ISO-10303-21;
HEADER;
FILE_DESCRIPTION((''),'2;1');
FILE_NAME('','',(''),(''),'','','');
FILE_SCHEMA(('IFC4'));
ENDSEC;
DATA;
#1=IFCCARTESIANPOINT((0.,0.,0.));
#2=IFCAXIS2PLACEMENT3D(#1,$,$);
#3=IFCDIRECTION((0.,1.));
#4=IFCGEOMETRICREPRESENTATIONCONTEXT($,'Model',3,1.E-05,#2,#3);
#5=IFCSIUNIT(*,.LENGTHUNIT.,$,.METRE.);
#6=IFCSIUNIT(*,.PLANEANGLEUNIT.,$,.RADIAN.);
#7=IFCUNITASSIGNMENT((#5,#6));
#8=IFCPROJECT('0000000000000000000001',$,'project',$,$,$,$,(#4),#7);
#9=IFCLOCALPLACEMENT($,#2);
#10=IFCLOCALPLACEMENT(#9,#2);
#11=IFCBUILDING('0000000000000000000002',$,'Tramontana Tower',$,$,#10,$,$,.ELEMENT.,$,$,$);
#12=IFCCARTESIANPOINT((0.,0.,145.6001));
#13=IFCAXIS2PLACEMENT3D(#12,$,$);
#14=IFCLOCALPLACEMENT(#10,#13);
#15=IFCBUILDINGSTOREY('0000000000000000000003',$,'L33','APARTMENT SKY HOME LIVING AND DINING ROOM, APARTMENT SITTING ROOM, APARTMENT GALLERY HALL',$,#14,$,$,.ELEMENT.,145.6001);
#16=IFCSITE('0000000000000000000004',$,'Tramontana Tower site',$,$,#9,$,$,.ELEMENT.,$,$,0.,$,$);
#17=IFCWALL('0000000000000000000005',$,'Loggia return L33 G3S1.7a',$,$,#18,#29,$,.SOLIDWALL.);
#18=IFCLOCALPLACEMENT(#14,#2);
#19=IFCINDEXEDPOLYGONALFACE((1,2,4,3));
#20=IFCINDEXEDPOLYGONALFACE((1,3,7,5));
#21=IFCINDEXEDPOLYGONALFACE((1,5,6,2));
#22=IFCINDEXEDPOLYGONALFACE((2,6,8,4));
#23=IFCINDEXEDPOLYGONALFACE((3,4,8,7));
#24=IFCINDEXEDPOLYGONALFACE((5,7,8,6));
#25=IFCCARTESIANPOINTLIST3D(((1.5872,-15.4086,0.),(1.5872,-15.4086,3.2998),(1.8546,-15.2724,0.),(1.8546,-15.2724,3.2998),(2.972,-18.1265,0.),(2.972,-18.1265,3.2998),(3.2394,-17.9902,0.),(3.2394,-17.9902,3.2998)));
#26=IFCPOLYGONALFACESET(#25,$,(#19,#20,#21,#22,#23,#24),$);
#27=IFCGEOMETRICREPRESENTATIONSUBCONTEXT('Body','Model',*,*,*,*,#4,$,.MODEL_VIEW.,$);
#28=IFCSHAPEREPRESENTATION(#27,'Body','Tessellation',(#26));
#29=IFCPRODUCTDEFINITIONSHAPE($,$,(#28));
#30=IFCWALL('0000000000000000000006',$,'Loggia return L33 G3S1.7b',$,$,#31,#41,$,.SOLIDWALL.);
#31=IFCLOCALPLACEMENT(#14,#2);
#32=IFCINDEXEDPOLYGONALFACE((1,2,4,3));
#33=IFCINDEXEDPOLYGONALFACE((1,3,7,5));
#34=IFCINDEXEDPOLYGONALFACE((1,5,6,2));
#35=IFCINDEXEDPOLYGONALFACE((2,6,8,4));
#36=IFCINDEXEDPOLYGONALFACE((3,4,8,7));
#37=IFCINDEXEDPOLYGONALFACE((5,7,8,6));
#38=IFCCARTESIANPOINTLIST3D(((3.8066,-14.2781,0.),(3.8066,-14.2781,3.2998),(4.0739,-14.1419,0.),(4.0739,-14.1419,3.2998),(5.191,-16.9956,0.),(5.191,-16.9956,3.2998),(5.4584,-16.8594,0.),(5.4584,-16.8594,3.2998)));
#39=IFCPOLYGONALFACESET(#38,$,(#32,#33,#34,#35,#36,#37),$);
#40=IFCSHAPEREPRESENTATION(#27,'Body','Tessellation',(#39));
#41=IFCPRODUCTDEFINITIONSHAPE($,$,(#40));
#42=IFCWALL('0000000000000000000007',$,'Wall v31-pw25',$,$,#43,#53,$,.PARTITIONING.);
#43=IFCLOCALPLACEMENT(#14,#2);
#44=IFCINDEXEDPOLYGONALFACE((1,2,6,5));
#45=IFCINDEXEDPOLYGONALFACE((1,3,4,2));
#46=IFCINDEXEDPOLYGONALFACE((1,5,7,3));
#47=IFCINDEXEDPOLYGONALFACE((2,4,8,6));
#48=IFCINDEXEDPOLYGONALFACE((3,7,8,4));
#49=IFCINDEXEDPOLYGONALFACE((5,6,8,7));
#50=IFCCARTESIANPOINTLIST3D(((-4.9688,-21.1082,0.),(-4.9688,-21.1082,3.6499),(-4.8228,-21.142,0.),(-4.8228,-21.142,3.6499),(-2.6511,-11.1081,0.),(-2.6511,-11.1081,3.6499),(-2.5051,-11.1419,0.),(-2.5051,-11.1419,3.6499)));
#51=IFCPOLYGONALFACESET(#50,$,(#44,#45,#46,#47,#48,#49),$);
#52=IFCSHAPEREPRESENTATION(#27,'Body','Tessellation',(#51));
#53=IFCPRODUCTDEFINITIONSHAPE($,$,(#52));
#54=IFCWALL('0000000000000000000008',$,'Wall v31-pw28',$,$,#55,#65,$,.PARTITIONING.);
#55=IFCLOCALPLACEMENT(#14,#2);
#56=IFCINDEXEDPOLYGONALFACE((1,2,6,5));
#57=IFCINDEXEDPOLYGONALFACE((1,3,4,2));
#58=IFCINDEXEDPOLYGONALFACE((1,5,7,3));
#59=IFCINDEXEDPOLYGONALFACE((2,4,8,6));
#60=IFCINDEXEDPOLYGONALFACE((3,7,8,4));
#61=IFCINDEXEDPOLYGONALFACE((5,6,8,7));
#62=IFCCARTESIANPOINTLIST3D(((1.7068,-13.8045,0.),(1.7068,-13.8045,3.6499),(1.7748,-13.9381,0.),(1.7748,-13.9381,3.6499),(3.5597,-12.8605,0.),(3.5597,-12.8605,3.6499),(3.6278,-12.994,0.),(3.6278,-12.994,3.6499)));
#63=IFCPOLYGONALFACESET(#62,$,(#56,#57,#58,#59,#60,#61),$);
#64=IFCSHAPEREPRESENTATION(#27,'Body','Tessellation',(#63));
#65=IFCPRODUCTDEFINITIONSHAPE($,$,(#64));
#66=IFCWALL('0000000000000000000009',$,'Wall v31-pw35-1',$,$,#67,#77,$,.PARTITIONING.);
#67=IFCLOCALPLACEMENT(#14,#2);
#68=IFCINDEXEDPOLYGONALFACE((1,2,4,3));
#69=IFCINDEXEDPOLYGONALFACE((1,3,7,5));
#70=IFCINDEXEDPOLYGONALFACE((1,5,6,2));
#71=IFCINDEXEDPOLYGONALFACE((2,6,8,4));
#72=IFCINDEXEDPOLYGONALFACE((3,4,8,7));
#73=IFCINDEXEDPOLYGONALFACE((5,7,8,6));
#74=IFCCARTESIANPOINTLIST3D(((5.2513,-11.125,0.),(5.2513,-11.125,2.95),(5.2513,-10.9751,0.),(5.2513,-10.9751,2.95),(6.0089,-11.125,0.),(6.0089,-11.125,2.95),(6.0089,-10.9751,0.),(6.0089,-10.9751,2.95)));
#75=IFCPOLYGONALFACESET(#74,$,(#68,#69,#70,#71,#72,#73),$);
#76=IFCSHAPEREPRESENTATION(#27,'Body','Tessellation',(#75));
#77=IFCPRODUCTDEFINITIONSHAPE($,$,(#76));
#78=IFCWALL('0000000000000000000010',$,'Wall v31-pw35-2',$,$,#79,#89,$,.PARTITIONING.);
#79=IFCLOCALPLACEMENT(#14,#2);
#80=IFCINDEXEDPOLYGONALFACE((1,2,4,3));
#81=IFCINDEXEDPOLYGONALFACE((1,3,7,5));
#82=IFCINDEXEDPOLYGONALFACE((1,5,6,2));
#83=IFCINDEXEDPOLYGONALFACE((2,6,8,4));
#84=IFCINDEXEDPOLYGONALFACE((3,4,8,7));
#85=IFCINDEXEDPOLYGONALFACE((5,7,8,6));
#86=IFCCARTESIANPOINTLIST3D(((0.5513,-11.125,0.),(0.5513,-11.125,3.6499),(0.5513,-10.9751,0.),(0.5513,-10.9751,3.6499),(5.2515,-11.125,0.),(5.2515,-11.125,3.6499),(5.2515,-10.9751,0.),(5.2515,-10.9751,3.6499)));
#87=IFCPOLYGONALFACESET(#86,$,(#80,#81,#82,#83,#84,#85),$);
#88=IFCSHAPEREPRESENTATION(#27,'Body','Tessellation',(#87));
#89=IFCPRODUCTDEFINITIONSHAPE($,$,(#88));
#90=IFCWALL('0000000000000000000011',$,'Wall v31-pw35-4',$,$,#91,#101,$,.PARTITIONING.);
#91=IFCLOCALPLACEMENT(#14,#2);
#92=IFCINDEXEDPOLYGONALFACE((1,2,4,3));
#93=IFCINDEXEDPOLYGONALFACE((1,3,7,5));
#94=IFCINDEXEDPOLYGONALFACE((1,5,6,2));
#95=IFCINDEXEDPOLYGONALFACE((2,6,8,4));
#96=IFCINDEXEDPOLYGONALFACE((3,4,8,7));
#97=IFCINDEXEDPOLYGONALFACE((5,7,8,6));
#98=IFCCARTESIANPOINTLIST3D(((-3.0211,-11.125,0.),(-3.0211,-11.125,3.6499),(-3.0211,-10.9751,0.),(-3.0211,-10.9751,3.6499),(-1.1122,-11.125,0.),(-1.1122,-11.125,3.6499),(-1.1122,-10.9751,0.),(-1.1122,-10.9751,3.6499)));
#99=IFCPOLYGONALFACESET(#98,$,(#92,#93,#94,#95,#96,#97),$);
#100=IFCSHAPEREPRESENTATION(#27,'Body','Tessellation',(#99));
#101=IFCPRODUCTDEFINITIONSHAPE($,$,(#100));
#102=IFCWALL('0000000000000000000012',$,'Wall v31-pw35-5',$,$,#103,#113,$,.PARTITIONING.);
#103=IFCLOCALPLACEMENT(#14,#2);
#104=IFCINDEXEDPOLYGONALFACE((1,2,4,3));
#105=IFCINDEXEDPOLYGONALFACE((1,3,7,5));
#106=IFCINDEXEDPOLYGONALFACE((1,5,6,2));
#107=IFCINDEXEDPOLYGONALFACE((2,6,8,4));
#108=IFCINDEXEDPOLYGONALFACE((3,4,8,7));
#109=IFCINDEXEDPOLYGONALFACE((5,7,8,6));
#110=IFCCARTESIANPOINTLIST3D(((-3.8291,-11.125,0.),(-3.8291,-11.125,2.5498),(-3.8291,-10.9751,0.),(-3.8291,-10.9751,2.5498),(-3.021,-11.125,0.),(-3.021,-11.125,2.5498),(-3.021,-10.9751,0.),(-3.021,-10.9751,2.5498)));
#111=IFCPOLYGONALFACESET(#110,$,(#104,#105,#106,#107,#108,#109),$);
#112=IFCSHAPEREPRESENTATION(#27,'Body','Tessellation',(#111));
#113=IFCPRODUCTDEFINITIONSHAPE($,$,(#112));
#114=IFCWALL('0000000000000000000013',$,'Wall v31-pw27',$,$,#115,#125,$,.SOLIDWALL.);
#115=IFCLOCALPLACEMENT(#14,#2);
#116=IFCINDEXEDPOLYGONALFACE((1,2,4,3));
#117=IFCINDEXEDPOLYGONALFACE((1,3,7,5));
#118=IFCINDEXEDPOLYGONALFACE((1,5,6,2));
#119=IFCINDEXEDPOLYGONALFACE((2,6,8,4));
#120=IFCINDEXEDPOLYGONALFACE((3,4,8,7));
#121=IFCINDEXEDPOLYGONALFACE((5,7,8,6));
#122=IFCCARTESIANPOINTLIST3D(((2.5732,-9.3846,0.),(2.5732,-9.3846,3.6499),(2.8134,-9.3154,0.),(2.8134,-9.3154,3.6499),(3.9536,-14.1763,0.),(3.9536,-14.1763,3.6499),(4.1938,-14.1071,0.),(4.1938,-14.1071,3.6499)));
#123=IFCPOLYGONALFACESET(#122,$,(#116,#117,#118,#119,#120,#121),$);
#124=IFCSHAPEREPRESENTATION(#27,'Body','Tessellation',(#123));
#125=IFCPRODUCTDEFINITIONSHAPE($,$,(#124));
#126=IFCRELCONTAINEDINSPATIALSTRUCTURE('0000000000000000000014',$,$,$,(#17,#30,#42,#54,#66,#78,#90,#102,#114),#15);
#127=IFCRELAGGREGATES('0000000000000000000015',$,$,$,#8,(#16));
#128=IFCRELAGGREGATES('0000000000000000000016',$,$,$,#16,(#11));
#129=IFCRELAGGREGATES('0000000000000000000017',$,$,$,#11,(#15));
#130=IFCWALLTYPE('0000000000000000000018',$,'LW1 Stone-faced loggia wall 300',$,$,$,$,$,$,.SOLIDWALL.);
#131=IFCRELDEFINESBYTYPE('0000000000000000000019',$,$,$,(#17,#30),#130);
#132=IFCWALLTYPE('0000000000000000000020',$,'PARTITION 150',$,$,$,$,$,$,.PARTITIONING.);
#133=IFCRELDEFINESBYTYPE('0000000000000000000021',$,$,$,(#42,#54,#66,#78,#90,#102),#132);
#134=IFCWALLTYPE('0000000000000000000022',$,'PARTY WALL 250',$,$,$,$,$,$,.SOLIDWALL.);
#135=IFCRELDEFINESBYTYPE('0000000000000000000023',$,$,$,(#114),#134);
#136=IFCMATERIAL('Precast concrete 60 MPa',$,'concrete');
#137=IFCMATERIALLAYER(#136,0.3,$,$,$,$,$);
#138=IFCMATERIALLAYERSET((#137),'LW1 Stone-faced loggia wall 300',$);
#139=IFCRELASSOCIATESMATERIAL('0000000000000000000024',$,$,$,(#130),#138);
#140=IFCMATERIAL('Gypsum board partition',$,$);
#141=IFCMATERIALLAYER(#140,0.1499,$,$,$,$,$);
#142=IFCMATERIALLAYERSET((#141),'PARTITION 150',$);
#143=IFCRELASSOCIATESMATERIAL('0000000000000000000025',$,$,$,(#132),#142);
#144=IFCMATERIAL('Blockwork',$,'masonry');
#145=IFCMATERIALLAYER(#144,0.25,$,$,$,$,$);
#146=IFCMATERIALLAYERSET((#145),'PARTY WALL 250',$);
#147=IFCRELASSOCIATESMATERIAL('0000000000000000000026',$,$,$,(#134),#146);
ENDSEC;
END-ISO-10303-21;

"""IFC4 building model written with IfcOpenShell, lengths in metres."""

from ifc_helpers import new_model, si_unit, direction, frame, frame_2d, origin, place, context, subcontext, project, spatial, rectangle, extrude, material, layer, layer_set, type_object, element, save


model = new_model("IFC4")

# Units and contexts
model_context = context("Model", 3, precision=1e-05, world=origin(), true_north=direction((0.0, 1.0)))
body_context = subcontext(model_context, "Body", "Model", "MODEL_VIEW")
ifc_project = project(units=[si_unit("LENGTHUNIT", "METRE"), si_unit("PLANEANGLEUNIT", "RADIAN")], contexts=[model_context])

# Site, building, storey
site_placement = place(None, origin())
site = spatial("IfcSite", under=ifc_project, at=site_placement, Name="Tramontana Tower site", CompositionType="ELEMENT", RefElevation=0.0)
building_placement = place(site_placement, origin())
building = spatial("IfcBuilding", under=site, at=building_placement, Name="Tramontana Tower", CompositionType="ELEMENT")
storey_placement = place(building_placement, frame((0.0, 0.0, 145.6001)))
storey = spatial("IfcBuildingStorey", under=building, at=storey_placement, Name="L33", Description="APARTMENT SKY HOME LIVING AND DINING ROOM, APARTMENT SITTING ROOM, APARTMENT GALLERY HALL", CompositionType="ELEMENT", Elevation=145.6001)

# Shared definitions
ifc_material_1 = material(Name="Precast concrete 60 MPa", Category="concrete")
ifc_layer_1 = layer(ifc_material_1, 0.3)
ifc_layer_set_1 = layer_set([ifc_layer_1], Name="LW1 Stone-faced loggia wall 300")
wall_type_1 = type_object("IfcWallType", Name="LW1 Stone-faced loggia wall 300", PredefinedType="SOLIDWALL", material=ifc_layer_set_1)

# Walls
wall_1_placement = place(storey_placement, frame((3.1057, -18.0583, 0.0), z_axis=(0.0, 0.0, 1.0), x_axis=(-0.453988, 0.891008, 0.0)))
element("IfcWall", 1, at=wall_1_placement, inside=storey, type_object=wall_type_1, Name="Loggia return L33 G3S1.7a", PredefinedType="SOLIDWALL", context=body_context, shape_type="SweptSolid", body=[
    extrude(rectangle(XDim=3.0503, YDim=0.3, at=frame_2d((1.5251, 0.0))), origin(), (0.0, 0.0, 1.0), 3.2998),
])
wall_2_placement = place(storey_placement, frame((5.3247, -16.9275, 0.0), z_axis=(0.0, 0.0, 1.0), x_axis=(-0.453957, 0.891024, 0.0)))
element("IfcWall", 2, at=wall_2_placement, inside=storey, type_object=wall_type_1, Name="Loggia return L33 G3S1.7b", PredefinedType="SOLIDWALL", context=body_context, shape_type="SweptSolid", body=[
    extrude(rectangle(XDim=3.0498, YDim=0.3, at=frame_2d((1.5249, 0.0))), origin(), (0.0, 0.0, 1.0), 3.2998),
])
ifc_material_2 = material(Name="Gypsum board partition")
ifc_layer_2 = layer(ifc_material_2, 0.1499)
ifc_layer_set_2 = layer_set([ifc_layer_2], Name="PARTITION 150")
wall_type_2 = type_object("IfcWallType", Name="PARTITION 150", PredefinedType="PARTITIONING", material=ifc_layer_set_2)
wall_3_placement = place(storey_placement, frame((-2.5781, -11.125, 0.0), z_axis=(0.0, 0.0, 1.0), x_axis=(-0.225778, -0.974179, 0.0)))
element("IfcWall", 3, at=wall_3_placement, inside=storey, type_object=wall_type_2, Name="Wall v31-pw25", PredefinedType="PARTITIONING", context=body_context, shape_type="SweptSolid", body=[
    extrude(rectangle(XDim=10.2651, YDim=0.1499, at=frame_2d((5.1326, 0.0))), origin(), (0.0, 0.0, 1.0), 3.6499),
])

# Walls
wall_4_placement = place(storey_placement, frame((3.5938, -12.9272, 0.0), z_axis=(0.0, 0.0, 1.0), x_axis=(-0.891021, -0.453963, 0.0)))
element("IfcWall", 4, at=wall_4_placement, inside=storey, type_object=wall_type_2, Name="Wall v31-pw28", PredefinedType="PARTITIONING", context=body_context, shape_type="SweptSolid", body=[
    extrude(rectangle(XDim=2.0796, YDim=0.1499, at=frame_2d((1.0398, 0.0))), origin(), (0.0, 0.0, 1.0), 3.6499),
])
wall_5_placement = place(storey_placement, frame((6.009, -11.05, 0.0), z_axis=(0.0, 0.0, 1.0), x_axis=(-1.0, 0.0, 0.0)))
element("IfcWall", 5, at=wall_5_placement, inside=storey, type_object=wall_type_2, Name="Wall v31-pw35-1", PredefinedType="PARTITIONING", context=body_context, shape_type="SweptSolid", body=[
    extrude(rectangle(XDim=0.7576, YDim=0.1499, at=frame_2d((0.3789, 0.0))), origin(), (0.0, 0.0, 1.0), 2.95),
])
wall_6_placement = place(storey_placement, frame((5.2515, -11.05, 0.0), z_axis=(0.0, 0.0, 1.0), x_axis=(-1.0, 0.0, 0.0)))
element("IfcWall", 6, at=wall_6_placement, inside=storey, type_object=wall_type_2, Name="Wall v31-pw35-2", PredefinedType="PARTITIONING", context=body_context, shape_type="SweptSolid", body=[
    extrude(rectangle(XDim=4.7002, YDim=0.1499, at=frame_2d((2.3501, 0.0))), origin(), (0.0, 0.0, 1.0), 3.6499),
])

# Walls
wall_7_placement = place(storey_placement, frame((-1.1121, -11.05, 0.0), z_axis=(0.0, 0.0, 1.0), x_axis=(-1.0, 0.0, 0.0)))
element("IfcWall", 7, at=wall_7_placement, inside=storey, type_object=wall_type_2, Name="Wall v31-pw35-4", PredefinedType="PARTITIONING", context=body_context, shape_type="SweptSolid", body=[
    extrude(rectangle(XDim=1.9089, YDim=0.1499, at=frame_2d((0.9546, 0.0))), origin(), (0.0, 0.0, 1.0), 3.6499),
])
wall_8_placement = place(storey_placement, frame((-3.021, -11.05, 0.0), z_axis=(0.0, 0.0, 1.0), x_axis=(-1.0, 0.0, 0.0)))
element("IfcWall", 8, at=wall_8_placement, inside=storey, type_object=wall_type_2, Name="Wall v31-pw35-5", PredefinedType="PARTITIONING", context=body_context, shape_type="SweptSolid", body=[
    extrude(rectangle(XDim=0.8081, YDim=0.1499, at=frame_2d((0.4041, 0.0))), origin(), (0.0, 0.0, 1.0), 2.5498),
])
ifc_material_3 = material(Name="Blockwork", Category="masonry")
ifc_layer_3 = layer(ifc_material_3, 0.25)
ifc_layer_set_3 = layer_set([ifc_layer_3], Name="PARTY WALL 250")
wall_type_3 = type_object("IfcWallType", Name="PARTY WALL 250", PredefinedType="SOLIDWALL", material=ifc_layer_set_3)
wall_9_placement = place(storey_placement, frame((2.6934, -9.3501, 0.0), z_axis=(0.0, 0.0, 1.0), x_axis=(0.276816, -0.960923, 0.0)))
element("IfcWall", 9, at=wall_9_placement, inside=storey, type_object=wall_type_3, Name="Wall v31-pw27", PredefinedType="SOLIDWALL", context=body_context, shape_type="SweptSolid", body=[
    extrude(rectangle(XDim=4.9866, YDim=0.25, at=frame_2d((2.4932, 0.0))), origin(), (0.0, 0.0, 1.0), 3.6499),
])

save(model, "model.ifc")
